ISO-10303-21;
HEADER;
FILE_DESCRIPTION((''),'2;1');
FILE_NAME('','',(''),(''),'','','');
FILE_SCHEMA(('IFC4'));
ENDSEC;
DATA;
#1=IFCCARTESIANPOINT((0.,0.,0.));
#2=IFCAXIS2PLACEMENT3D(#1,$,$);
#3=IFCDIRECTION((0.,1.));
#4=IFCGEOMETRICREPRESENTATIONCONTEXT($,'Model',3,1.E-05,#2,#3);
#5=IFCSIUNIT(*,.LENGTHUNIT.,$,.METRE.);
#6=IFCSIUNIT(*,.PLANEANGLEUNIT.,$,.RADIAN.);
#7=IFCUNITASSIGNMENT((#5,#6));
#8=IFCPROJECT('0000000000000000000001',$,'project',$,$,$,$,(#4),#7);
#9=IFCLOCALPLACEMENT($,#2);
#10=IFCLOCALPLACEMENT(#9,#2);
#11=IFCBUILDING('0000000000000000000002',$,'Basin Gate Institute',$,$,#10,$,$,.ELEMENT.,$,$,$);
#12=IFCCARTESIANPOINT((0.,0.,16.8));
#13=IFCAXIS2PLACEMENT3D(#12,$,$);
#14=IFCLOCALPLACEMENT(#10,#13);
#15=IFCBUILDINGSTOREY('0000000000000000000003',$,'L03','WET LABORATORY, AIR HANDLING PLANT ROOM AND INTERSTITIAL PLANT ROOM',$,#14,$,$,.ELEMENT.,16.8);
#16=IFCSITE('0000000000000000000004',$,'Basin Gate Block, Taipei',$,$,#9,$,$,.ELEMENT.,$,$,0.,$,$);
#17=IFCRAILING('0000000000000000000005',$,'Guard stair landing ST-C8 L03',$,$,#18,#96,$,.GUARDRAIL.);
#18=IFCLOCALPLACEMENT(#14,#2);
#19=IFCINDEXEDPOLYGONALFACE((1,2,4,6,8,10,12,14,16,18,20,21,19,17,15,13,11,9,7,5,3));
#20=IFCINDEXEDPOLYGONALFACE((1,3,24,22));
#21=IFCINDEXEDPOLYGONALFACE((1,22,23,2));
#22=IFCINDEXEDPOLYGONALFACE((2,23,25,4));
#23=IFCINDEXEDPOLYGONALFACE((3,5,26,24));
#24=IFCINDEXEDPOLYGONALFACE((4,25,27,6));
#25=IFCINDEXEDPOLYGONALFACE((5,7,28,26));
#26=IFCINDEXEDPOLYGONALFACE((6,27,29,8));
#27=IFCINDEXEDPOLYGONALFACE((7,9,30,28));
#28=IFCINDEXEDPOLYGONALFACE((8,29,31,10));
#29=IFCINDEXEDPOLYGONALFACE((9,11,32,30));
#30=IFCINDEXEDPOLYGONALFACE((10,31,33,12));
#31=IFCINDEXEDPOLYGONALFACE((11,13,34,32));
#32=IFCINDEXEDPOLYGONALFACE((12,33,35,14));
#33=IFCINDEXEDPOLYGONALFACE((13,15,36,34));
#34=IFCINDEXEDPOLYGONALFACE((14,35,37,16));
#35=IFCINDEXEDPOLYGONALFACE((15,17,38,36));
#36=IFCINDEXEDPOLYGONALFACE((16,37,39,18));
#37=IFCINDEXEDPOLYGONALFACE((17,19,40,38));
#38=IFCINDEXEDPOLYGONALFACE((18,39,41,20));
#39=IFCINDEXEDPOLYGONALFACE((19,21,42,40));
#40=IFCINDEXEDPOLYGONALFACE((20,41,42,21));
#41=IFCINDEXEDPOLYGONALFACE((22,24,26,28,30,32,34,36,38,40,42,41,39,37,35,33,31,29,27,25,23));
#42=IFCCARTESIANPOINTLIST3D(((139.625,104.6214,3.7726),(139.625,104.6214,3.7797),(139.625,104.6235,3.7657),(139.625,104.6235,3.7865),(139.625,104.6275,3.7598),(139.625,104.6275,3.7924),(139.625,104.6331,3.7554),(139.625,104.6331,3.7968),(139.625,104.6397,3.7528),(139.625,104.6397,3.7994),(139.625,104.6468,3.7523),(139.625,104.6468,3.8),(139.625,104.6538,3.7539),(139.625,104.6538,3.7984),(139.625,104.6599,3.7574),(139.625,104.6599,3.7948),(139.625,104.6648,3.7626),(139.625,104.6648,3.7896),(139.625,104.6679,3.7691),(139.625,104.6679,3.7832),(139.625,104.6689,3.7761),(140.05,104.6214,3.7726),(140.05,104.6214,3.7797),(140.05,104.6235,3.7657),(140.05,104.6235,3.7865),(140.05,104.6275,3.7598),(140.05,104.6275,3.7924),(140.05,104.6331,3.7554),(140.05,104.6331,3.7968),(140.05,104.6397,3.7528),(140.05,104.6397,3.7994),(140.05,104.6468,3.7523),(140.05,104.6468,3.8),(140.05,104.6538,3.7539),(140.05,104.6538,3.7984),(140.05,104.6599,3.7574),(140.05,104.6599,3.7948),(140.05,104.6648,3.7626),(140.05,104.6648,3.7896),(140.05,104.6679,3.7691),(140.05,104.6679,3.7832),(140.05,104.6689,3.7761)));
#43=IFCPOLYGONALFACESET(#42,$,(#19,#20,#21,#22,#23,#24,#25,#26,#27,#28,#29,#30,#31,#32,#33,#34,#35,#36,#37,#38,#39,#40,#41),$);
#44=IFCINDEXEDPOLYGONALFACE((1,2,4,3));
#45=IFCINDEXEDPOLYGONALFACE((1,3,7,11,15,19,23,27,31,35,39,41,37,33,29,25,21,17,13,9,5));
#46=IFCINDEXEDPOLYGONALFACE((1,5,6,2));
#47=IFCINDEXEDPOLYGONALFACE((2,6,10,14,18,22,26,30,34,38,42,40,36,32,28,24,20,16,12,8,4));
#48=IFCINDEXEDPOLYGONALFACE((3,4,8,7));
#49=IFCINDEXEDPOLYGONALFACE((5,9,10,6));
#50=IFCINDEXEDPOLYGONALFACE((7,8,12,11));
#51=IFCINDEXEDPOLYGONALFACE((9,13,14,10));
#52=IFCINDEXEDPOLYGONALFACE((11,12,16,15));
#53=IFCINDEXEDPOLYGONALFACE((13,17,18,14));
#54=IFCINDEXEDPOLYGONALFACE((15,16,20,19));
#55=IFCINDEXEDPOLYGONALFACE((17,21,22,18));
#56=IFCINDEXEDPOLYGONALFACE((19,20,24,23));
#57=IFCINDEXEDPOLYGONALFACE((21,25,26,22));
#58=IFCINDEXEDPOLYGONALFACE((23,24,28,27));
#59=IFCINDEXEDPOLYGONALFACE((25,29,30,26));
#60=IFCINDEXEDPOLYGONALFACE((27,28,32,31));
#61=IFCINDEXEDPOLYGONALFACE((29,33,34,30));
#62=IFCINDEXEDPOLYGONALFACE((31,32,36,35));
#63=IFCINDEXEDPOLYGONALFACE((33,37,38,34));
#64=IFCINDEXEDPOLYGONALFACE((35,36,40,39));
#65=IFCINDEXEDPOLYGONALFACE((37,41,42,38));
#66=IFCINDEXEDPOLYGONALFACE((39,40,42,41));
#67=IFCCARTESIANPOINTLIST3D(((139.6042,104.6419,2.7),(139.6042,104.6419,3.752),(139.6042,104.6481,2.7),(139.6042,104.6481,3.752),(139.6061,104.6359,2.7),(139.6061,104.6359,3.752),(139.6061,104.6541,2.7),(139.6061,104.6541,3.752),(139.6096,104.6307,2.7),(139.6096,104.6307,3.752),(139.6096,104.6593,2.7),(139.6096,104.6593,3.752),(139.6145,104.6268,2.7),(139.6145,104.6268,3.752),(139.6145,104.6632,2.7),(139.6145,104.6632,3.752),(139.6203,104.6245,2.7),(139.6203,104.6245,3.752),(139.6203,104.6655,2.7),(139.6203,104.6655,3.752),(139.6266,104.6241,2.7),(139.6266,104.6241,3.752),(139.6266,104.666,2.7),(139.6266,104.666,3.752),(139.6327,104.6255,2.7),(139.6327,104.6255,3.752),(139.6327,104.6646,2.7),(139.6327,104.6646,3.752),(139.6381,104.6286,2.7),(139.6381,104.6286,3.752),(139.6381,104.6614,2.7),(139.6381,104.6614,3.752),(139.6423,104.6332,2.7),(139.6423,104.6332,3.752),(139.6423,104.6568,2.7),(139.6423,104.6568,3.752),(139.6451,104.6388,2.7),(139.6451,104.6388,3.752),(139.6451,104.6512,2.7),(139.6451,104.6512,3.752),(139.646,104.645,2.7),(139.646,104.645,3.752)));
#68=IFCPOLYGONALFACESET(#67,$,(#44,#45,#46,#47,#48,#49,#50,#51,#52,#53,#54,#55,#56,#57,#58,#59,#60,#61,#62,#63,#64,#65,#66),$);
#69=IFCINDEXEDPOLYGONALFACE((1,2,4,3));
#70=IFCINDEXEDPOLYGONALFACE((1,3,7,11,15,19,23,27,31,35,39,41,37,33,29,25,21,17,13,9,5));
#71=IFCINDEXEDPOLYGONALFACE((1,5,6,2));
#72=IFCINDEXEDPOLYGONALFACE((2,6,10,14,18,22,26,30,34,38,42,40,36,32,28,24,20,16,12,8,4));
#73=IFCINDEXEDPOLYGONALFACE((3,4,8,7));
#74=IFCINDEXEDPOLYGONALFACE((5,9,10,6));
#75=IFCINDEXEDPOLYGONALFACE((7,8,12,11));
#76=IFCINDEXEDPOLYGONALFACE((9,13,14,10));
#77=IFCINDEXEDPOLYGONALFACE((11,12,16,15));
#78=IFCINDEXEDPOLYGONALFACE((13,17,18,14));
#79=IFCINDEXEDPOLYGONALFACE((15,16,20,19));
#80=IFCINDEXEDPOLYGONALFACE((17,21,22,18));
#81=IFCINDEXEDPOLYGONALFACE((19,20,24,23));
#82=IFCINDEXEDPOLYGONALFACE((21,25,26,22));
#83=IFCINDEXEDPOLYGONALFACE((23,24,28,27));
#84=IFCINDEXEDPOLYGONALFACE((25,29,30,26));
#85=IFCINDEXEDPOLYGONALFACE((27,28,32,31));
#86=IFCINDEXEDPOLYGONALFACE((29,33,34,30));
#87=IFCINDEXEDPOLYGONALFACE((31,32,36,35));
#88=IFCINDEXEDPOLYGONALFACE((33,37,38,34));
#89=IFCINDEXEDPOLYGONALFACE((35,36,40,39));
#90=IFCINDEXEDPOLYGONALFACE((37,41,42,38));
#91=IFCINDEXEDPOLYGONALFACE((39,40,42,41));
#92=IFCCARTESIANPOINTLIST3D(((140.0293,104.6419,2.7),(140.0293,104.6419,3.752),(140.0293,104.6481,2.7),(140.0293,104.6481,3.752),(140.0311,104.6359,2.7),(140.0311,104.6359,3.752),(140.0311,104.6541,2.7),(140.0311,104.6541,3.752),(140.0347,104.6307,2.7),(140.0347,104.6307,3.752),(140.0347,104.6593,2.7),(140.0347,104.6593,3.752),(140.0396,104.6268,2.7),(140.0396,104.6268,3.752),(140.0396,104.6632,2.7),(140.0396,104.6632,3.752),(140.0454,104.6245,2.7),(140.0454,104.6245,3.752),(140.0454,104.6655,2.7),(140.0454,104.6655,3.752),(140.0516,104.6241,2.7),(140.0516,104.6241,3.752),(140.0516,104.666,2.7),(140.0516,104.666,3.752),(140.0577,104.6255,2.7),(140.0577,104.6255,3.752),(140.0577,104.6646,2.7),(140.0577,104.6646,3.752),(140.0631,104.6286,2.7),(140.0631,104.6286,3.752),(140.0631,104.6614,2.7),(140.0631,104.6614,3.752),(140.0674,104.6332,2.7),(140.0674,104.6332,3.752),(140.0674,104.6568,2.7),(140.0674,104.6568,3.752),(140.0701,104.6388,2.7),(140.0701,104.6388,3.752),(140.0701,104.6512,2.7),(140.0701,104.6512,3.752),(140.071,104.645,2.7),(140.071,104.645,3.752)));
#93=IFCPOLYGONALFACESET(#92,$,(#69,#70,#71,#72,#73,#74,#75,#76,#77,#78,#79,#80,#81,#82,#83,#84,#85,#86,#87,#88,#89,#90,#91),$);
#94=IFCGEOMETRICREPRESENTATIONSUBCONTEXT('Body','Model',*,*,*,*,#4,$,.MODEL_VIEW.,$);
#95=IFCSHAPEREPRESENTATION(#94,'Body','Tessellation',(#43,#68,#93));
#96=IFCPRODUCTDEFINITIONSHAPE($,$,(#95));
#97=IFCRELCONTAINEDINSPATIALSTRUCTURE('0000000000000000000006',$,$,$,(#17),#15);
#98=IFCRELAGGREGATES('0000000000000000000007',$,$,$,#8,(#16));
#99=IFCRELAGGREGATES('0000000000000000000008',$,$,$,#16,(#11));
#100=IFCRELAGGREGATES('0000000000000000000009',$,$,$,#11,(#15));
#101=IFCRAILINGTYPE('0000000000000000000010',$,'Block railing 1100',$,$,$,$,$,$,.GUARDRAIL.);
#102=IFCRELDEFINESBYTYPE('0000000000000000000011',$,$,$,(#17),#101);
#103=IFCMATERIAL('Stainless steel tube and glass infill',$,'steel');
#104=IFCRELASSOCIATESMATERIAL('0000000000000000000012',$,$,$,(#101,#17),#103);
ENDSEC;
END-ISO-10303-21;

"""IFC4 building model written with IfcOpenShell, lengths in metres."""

from ifc_helpers import new_model, si_unit, direction, frame, origin, origin_2d, place, context, subcontext, project, spatial, circle, extrude, material, type_object, element, save


model = new_model("IFC4")

# Units and contexts
model_context = context("Model", 3, precision=1e-05, world=origin(), true_north=direction((0.0, 1.0)))
body_context = subcontext(model_context, "Body", "Model", "MODEL_VIEW")
ifc_project = project(units=[si_unit("LENGTHUNIT", "METRE"), si_unit("PLANEANGLEUNIT", "RADIAN")], contexts=[model_context])

# Site, building, storey
site_placement = place(None, origin())
site = spatial("IfcSite", under=ifc_project, at=site_placement, Name="Basin Gate Block, Taipei", CompositionType="ELEMENT", RefElevation=0.0)
building_placement = place(site_placement, origin())
building = spatial("IfcBuilding", under=site, at=building_placement, Name="Basin Gate Institute", CompositionType="ELEMENT")
storey_placement = place(building_placement, frame((0.0, 0.0, 16.8)))
storey = spatial("IfcBuildingStorey", under=building, at=storey_placement, Name="L03", Description="WET LABORATORY, AIR HANDLING PLANT ROOM AND INTERSTITIAL PLANT ROOM", CompositionType="ELEMENT", Elevation=16.8)

# Railing
ifc_material_1 = material(Name="Stainless steel tube and glass infill", Category="steel")
railing_type = type_object("IfcRailingType", Name="Block railing 1100", PredefinedType="GUARDRAIL", material=ifc_material_1)
railing_1_placement = place(storey_placement, frame((139.625, 104.645, 2.7)))
element("IfcRailing", 1, at=railing_1_placement, inside=storey, type_object=railing_type, material=ifc_material_1, Name="Guard stair landing ST-C8 L03", PredefinedType="GUARDRAIL", context=body_context, shape_type="SweptSolid", body=[
    extrude(circle(Radius=0.0239, at=origin_2d()), frame((0.0, 0.0, 1.0762), z_axis=(1.0, 0.0, 0.0), x_axis=(0.0, 1.0, 0.0)), (0.0, 0.0, 1.0), 0.425),
    extrude(circle(Radius=0.021, at=origin_2d()), origin(), (0.0, 0.0, 1.0), 1.052),
    extrude(circle(Radius=0.021, at=origin_2d()), frame((0.425, 0.0, 0.0)), (0.0, 0.0, 1.0), 1.052),
])

save(model, "model.ifc")
